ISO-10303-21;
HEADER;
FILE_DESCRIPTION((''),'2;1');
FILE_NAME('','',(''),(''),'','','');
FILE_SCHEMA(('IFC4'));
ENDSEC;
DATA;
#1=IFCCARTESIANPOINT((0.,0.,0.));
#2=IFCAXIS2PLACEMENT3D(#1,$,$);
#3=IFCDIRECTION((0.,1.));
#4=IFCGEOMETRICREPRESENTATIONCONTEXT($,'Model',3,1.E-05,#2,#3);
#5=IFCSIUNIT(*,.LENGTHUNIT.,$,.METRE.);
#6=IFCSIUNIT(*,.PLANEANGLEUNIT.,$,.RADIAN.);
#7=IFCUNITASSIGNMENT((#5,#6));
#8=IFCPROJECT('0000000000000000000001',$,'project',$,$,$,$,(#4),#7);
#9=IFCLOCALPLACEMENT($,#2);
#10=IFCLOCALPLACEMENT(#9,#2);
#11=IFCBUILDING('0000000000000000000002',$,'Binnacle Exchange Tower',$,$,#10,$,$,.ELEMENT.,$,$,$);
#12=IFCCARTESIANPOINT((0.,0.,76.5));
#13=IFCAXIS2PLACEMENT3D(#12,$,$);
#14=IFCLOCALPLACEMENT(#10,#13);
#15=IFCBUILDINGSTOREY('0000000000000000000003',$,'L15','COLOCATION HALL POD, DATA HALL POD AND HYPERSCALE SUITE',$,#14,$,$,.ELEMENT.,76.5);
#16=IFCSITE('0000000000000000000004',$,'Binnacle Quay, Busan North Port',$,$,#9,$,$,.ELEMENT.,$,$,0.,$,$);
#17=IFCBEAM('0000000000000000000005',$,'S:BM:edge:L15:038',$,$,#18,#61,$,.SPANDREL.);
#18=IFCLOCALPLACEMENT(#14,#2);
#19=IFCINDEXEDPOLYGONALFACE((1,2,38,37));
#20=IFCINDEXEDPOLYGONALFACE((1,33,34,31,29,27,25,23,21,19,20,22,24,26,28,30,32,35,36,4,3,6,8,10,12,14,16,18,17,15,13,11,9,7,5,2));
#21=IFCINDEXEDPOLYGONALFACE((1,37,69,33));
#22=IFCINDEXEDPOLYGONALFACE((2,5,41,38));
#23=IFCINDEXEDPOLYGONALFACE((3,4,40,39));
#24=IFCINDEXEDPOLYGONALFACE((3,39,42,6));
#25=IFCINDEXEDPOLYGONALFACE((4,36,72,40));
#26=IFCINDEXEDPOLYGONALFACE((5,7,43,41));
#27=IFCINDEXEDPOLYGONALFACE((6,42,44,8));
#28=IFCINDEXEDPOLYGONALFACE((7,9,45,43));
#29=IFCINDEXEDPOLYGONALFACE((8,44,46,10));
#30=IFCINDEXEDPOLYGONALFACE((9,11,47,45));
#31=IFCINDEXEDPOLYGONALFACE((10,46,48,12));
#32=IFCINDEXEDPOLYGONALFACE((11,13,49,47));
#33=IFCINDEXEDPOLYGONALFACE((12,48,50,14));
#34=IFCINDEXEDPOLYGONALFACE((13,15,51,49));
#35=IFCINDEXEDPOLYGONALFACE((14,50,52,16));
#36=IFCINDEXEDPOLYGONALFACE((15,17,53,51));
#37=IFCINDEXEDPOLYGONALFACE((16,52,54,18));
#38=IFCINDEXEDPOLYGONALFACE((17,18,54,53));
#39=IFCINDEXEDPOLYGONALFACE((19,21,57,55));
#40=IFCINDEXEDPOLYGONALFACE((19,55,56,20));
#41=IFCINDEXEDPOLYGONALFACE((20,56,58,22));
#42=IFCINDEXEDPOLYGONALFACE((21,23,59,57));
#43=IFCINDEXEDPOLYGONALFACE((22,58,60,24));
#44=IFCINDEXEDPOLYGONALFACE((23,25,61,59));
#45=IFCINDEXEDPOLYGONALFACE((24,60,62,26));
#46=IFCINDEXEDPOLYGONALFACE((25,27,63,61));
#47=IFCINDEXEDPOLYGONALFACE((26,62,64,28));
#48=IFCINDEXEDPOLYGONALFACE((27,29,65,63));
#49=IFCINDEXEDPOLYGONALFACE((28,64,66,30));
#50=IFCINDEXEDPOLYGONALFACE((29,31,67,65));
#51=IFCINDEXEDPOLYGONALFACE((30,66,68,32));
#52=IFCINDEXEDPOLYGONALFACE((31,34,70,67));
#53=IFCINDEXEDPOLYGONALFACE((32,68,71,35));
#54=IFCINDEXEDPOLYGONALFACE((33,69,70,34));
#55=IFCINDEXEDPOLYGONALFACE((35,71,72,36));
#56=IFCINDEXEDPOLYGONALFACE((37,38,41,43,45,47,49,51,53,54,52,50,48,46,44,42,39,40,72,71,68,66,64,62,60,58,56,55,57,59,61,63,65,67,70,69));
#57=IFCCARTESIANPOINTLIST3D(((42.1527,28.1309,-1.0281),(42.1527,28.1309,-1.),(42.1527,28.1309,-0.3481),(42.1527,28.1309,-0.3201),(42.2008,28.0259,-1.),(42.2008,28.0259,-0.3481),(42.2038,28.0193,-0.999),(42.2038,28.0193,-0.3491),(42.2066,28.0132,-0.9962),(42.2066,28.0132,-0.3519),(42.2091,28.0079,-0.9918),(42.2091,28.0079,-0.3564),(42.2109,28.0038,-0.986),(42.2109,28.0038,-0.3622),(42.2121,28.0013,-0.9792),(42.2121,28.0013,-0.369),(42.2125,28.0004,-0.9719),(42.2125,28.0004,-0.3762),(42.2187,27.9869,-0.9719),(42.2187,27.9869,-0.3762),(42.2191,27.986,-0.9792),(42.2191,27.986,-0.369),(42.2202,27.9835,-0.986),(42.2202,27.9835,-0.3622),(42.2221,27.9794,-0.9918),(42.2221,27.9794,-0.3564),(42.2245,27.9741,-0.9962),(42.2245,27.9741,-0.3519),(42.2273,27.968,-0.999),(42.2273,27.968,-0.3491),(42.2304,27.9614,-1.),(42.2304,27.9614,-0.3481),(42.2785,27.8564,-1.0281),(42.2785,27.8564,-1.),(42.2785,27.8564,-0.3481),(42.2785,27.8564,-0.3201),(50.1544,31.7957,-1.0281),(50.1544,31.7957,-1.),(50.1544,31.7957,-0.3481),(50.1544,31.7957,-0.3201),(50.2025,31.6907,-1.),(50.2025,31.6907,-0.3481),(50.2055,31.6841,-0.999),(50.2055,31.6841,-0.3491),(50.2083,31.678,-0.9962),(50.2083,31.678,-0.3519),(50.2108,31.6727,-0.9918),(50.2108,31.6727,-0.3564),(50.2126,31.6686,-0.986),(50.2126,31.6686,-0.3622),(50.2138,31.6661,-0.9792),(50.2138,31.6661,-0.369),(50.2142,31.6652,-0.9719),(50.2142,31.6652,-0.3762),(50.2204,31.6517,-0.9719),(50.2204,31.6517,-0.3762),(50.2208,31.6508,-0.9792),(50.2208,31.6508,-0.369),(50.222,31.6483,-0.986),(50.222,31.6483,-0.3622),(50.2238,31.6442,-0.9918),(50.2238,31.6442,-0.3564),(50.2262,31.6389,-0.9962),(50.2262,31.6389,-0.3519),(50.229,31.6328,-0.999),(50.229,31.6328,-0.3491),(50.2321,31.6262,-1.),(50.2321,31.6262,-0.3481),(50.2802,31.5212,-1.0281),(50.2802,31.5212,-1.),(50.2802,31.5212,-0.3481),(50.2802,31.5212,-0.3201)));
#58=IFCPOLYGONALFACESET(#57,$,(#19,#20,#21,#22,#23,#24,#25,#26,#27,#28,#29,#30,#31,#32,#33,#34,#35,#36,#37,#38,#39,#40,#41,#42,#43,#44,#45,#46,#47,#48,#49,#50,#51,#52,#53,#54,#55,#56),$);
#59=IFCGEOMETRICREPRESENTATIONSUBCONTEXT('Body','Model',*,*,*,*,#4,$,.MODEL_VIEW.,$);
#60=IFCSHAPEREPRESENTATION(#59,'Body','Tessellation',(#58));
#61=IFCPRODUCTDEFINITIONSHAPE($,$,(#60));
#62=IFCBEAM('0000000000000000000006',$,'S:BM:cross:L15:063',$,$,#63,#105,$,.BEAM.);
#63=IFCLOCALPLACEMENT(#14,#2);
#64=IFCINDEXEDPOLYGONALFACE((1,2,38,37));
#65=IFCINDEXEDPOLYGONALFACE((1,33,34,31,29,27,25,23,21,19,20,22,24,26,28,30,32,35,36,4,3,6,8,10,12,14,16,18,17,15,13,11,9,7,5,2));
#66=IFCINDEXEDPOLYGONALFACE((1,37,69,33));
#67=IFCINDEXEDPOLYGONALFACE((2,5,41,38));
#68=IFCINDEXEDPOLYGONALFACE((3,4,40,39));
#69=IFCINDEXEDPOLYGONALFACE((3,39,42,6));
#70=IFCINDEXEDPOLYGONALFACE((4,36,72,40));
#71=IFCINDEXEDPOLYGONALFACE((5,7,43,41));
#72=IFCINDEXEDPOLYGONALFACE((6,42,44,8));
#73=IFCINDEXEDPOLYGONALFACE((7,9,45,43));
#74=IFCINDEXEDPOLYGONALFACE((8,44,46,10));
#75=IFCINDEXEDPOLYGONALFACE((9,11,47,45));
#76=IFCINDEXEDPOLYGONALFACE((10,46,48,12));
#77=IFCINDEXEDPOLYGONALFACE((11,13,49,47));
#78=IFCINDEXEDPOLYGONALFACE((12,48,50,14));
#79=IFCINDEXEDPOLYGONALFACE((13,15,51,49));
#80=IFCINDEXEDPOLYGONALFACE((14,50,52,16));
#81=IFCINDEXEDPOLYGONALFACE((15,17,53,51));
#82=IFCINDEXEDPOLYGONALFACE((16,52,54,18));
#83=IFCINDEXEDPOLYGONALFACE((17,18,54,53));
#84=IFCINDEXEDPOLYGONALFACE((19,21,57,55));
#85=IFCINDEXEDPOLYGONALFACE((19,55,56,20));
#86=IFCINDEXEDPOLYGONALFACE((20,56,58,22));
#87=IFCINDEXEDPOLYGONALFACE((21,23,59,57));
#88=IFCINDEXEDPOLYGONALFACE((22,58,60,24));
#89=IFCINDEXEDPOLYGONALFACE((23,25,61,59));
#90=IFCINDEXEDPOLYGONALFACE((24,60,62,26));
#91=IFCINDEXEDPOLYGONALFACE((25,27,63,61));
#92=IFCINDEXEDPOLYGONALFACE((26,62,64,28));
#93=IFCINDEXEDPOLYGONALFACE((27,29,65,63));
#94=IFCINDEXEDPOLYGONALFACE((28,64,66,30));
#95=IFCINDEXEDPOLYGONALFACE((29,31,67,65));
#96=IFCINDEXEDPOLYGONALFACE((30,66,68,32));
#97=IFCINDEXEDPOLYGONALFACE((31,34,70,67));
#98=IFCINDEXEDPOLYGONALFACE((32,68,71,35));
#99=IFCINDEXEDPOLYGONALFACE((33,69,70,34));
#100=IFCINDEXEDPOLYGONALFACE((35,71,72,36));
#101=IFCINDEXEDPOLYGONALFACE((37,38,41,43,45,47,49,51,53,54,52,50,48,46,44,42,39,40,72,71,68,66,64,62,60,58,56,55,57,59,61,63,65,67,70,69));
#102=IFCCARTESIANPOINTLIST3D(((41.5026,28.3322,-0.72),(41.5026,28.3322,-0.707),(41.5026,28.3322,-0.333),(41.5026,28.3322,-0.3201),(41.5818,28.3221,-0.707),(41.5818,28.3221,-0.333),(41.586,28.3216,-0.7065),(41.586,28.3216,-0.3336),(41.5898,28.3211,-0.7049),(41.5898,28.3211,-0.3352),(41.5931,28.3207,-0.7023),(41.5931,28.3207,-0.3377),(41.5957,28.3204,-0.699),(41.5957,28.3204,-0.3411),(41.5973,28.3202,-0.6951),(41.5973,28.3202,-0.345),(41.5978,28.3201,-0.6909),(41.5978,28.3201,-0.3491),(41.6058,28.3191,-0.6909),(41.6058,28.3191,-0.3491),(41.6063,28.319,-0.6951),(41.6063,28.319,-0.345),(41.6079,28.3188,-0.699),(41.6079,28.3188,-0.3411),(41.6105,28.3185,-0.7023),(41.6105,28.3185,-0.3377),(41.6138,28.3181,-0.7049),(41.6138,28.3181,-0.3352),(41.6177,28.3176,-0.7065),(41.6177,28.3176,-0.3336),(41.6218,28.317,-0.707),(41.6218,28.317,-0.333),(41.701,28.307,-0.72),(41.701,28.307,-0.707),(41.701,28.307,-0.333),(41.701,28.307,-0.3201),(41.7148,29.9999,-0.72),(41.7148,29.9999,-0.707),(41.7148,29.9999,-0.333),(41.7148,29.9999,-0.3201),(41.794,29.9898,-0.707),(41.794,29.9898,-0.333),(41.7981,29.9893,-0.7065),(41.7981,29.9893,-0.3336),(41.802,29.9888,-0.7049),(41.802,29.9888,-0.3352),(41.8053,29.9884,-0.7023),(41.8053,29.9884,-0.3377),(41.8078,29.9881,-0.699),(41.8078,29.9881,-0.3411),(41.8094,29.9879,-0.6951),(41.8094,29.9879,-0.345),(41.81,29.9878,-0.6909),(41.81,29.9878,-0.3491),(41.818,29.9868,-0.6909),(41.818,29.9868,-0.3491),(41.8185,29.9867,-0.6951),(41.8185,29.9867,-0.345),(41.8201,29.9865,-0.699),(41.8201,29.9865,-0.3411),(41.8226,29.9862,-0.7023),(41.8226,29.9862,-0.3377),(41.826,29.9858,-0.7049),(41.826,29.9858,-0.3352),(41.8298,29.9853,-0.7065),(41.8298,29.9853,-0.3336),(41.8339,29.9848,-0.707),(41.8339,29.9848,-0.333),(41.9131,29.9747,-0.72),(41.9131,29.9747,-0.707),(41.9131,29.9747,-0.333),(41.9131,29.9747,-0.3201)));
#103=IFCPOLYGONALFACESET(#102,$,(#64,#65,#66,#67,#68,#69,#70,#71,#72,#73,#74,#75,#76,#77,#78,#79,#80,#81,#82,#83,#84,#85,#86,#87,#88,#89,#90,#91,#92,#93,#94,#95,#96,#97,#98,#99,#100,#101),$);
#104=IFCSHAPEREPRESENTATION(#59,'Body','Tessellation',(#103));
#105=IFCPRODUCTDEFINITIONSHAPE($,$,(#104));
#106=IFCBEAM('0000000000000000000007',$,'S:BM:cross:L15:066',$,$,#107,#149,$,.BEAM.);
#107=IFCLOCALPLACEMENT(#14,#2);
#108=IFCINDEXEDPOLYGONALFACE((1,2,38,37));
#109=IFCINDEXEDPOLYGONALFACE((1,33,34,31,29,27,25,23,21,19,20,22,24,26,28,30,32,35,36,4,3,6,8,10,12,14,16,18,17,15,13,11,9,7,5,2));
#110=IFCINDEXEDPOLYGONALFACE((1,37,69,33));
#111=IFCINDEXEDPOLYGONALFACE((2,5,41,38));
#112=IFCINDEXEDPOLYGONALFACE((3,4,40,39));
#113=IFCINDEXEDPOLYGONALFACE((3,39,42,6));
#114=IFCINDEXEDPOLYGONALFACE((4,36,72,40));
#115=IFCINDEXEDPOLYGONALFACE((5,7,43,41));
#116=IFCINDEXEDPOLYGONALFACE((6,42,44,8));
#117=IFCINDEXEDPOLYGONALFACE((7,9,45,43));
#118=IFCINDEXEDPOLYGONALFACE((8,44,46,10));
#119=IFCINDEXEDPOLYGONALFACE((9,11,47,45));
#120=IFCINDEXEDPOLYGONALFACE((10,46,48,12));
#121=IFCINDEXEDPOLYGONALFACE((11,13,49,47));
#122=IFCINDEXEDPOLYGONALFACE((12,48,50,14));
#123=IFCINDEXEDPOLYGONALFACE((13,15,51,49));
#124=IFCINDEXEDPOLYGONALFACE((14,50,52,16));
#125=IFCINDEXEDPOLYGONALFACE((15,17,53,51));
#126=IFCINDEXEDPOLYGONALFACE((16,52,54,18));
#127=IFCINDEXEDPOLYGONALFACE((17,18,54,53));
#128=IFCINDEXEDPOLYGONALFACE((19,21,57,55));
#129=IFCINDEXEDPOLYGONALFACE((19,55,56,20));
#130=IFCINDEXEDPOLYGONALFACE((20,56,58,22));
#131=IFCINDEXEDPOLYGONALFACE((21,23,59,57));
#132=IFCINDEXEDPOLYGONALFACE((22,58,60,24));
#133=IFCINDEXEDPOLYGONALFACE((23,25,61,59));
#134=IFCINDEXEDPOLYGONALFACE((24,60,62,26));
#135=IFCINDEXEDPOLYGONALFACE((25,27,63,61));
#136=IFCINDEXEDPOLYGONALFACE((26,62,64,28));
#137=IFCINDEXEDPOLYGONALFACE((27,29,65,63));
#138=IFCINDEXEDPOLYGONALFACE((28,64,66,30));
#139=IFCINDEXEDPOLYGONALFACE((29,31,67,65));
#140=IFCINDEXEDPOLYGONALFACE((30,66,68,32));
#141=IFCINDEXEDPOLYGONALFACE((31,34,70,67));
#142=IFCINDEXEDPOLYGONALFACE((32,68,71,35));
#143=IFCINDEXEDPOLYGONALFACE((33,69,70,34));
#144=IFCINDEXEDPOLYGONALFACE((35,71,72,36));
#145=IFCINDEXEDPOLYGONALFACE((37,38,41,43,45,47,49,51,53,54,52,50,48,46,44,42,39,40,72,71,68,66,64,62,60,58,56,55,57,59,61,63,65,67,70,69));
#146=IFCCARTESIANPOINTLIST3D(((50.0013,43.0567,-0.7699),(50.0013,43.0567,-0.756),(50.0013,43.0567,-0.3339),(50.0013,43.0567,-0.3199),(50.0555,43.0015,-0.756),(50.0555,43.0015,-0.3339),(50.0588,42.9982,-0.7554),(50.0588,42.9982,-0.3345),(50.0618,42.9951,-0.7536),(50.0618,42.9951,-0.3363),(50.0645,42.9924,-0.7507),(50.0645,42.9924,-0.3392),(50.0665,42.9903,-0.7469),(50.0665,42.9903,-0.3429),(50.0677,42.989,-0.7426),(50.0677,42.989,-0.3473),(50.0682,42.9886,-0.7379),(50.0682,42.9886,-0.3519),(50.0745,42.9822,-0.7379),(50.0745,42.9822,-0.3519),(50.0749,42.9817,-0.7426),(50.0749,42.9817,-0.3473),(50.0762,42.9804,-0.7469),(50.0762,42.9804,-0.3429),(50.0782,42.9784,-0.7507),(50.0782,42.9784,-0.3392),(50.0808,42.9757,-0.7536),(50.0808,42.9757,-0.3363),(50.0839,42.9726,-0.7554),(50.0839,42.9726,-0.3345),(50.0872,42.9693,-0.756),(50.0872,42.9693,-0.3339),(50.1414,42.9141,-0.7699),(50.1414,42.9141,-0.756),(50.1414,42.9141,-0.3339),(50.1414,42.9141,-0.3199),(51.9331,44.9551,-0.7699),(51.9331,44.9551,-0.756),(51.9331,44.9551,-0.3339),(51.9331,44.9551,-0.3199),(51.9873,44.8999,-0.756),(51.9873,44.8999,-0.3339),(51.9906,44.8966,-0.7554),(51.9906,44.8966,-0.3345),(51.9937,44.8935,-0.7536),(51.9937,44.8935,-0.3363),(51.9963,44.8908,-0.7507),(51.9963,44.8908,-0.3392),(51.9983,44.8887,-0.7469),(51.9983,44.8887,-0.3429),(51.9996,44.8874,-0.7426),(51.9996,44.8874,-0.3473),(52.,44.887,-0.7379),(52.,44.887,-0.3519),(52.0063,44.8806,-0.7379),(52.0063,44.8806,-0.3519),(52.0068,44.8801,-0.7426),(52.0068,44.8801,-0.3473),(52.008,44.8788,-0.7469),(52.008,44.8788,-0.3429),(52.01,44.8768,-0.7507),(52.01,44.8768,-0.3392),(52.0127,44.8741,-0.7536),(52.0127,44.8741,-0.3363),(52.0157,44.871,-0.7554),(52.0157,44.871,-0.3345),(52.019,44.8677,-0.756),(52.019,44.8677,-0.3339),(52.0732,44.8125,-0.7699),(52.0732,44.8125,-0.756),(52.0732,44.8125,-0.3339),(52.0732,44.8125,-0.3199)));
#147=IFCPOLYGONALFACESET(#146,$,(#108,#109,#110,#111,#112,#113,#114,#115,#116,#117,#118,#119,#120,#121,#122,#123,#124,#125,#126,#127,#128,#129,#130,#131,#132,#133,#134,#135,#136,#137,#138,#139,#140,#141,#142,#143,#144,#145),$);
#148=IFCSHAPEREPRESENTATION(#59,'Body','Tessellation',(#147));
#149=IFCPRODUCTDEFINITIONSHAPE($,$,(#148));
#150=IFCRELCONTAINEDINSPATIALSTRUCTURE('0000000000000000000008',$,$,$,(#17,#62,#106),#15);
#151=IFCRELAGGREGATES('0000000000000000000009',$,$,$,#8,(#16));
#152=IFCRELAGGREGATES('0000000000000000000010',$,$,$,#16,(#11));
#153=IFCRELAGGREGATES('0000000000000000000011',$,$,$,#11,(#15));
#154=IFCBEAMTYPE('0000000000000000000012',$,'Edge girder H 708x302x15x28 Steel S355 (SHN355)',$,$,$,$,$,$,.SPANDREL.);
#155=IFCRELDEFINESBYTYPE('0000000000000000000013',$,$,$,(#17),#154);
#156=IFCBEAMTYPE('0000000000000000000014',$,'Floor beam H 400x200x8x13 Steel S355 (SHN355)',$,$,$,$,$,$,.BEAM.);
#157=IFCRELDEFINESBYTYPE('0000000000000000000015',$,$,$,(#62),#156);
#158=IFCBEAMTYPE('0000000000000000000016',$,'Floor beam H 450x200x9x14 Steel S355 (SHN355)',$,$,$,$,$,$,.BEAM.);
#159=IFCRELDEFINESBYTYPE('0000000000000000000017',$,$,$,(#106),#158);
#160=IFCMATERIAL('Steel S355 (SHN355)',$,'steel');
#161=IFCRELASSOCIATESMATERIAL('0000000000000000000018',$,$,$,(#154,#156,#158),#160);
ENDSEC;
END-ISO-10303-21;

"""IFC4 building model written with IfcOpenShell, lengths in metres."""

from ifc_helpers import new_model, si_unit, direction, frame, origin, origin_2d, place, context, subcontext, project, spatial, i_section, extrude, material, material_profile, profile_set, type_object, element, save


model = new_model("IFC4")

# Units and contexts
model_context = context("Model", 3, precision=1e-05, world=origin(), true_north=direction((0.0, 1.0)))
body_context = subcontext(model_context, "Body", "Model", "MODEL_VIEW")
ifc_project = project(units=[si_unit("LENGTHUNIT", "METRE"), si_unit("PLANEANGLEUNIT", "RADIAN")], contexts=[model_context])

# Site, building, storey
site_placement = place(None, origin())
site = spatial("IfcSite", under=ifc_project, at=site_placement, Name="Binnacle Quay, Busan North Port", CompositionType="ELEMENT", RefElevation=0.0)
building_placement = place(site_placement, origin())
building = spatial("IfcBuilding", under=site, at=building_placement, Name="Binnacle Exchange Tower", CompositionType="ELEMENT")
storey_placement = place(building_placement, frame((0.0, 0.0, 76.5)))
storey = spatial("IfcBuildingStorey", under=building, at=storey_placement, Name="L15", Description="COLOCATION HALL POD, DATA HALL POD AND HYPERSCALE SUITE", CompositionType="ELEMENT", Elevation=76.5)

# Beams
ifc_material_1 = material(Name="Steel S355 (SHN355)", Category="steel")
ifc_material_profile_1 = material_profile(ifc_material_1, i_section(OverallWidth=0.302, OverallDepth=0.708, WebThickness=0.0149, FlangeThickness=0.0281, FilletRadius=0.0281, at=origin_2d()), Name="H 708x302x15x28")
ifc_profile_set_1 = profile_set([ifc_material_profile_1], Name="Steel S355 (SHN355)")
beam_type_1 = type_object("IfcBeamType", Name="Edge girder H 708x302x15x28 Steel S355 (SHN355)", PredefinedType="SPANDREL", material=ifc_profile_set_1)
beam_1_placement = place(storey_placement, frame((42.2156, 27.9937, -0.6741), z_axis=(0.909179, 0.416405, 0.0), x_axis=(-0.416405, 0.909179, 0.0)))
element("IfcBeam", 1, at=beam_1_placement, inside=storey, type_object=beam_type_1, Name="S:BM:edge:L15:038", PredefinedType="SPANDREL", context=body_context, shape_type="SweptSolid", body=[
    extrude(i_section(OverallWidth=0.302, OverallDepth=0.708, WebThickness=0.0149, FlangeThickness=0.0281, FilletRadius=0.0281, at=origin_2d()), origin(), (0.0, 0.0, 1.0), 8.801),
])
ifc_material_profile_2 = material_profile(ifc_material_1, i_section(OverallWidth=0.2, OverallDepth=0.3999, WebThickness=0.0081, FlangeThickness=0.0129, FilletRadius=0.0161, at=origin_2d()), Name="H 400x200x8x13")
ifc_profile_set_2 = profile_set([ifc_material_profile_2], Name="Steel S355 (SHN355)")
beam_type_2 = type_object("IfcBeamType", Name="Floor beam H 400x200x8x13 Steel S355 (SHN355)", PredefinedType="BEAM", material=ifc_profile_set_2)
beam_2_placement = place(storey_placement, frame((41.6018, 28.3196, -0.52), z_axis=(0.126197, 0.992005, 0.0), x_axis=(-0.992005, 0.126197, 0.0)))
element("IfcBeam", 2, at=beam_2_placement, inside=storey, type_object=beam_type_2, Name="S:BM:cross:L15:063", PredefinedType="BEAM", context=body_context, shape_type="SweptSolid", body=[
    extrude(i_section(OverallWidth=0.2, OverallDepth=0.3999, WebThickness=0.0081, FlangeThickness=0.0129, FilletRadius=0.0161, at=origin_2d()), origin(), (0.0, 0.0, 1.0), 1.6812),
])
ifc_material_profile_3 = material_profile(ifc_material_1, i_section(OverallWidth=0.2, OverallDepth=0.45, WebThickness=0.009, FlangeThickness=0.0139, FilletRadius=0.0181, at=origin_2d()), Name="H 450x200x9x14")
ifc_profile_set_3 = profile_set([ifc_material_profile_3], Name="Steel S355 (SHN355)")
beam_type_3 = type_object("IfcBeamType", Name="Floor beam H 450x200x9x14 Steel S355 (SHN355)", PredefinedType="BEAM", material=ifc_profile_set_3)
beam_3_placement = place(storey_placement, frame((52.0032, 44.8838, -0.5449), z_axis=(-0.713254, -0.700905, 0.0), x_axis=(0.700905, -0.713254, 0.0)))
element("IfcBeam", 3, at=beam_3_placement, inside=storey, type_object=beam_type_3, Name="S:BM:cross:L15:066", PredefinedType="BEAM", context=body_context, shape_type="SweptSolid", body=[
    extrude(i_section(OverallWidth=0.2, OverallDepth=0.45, WebThickness=0.009, FlangeThickness=0.0139, FilletRadius=0.0181, at=origin_2d()), origin(), (0.0, 0.0, 1.0), 2.7085),
])

save(model, "model.ifc")
